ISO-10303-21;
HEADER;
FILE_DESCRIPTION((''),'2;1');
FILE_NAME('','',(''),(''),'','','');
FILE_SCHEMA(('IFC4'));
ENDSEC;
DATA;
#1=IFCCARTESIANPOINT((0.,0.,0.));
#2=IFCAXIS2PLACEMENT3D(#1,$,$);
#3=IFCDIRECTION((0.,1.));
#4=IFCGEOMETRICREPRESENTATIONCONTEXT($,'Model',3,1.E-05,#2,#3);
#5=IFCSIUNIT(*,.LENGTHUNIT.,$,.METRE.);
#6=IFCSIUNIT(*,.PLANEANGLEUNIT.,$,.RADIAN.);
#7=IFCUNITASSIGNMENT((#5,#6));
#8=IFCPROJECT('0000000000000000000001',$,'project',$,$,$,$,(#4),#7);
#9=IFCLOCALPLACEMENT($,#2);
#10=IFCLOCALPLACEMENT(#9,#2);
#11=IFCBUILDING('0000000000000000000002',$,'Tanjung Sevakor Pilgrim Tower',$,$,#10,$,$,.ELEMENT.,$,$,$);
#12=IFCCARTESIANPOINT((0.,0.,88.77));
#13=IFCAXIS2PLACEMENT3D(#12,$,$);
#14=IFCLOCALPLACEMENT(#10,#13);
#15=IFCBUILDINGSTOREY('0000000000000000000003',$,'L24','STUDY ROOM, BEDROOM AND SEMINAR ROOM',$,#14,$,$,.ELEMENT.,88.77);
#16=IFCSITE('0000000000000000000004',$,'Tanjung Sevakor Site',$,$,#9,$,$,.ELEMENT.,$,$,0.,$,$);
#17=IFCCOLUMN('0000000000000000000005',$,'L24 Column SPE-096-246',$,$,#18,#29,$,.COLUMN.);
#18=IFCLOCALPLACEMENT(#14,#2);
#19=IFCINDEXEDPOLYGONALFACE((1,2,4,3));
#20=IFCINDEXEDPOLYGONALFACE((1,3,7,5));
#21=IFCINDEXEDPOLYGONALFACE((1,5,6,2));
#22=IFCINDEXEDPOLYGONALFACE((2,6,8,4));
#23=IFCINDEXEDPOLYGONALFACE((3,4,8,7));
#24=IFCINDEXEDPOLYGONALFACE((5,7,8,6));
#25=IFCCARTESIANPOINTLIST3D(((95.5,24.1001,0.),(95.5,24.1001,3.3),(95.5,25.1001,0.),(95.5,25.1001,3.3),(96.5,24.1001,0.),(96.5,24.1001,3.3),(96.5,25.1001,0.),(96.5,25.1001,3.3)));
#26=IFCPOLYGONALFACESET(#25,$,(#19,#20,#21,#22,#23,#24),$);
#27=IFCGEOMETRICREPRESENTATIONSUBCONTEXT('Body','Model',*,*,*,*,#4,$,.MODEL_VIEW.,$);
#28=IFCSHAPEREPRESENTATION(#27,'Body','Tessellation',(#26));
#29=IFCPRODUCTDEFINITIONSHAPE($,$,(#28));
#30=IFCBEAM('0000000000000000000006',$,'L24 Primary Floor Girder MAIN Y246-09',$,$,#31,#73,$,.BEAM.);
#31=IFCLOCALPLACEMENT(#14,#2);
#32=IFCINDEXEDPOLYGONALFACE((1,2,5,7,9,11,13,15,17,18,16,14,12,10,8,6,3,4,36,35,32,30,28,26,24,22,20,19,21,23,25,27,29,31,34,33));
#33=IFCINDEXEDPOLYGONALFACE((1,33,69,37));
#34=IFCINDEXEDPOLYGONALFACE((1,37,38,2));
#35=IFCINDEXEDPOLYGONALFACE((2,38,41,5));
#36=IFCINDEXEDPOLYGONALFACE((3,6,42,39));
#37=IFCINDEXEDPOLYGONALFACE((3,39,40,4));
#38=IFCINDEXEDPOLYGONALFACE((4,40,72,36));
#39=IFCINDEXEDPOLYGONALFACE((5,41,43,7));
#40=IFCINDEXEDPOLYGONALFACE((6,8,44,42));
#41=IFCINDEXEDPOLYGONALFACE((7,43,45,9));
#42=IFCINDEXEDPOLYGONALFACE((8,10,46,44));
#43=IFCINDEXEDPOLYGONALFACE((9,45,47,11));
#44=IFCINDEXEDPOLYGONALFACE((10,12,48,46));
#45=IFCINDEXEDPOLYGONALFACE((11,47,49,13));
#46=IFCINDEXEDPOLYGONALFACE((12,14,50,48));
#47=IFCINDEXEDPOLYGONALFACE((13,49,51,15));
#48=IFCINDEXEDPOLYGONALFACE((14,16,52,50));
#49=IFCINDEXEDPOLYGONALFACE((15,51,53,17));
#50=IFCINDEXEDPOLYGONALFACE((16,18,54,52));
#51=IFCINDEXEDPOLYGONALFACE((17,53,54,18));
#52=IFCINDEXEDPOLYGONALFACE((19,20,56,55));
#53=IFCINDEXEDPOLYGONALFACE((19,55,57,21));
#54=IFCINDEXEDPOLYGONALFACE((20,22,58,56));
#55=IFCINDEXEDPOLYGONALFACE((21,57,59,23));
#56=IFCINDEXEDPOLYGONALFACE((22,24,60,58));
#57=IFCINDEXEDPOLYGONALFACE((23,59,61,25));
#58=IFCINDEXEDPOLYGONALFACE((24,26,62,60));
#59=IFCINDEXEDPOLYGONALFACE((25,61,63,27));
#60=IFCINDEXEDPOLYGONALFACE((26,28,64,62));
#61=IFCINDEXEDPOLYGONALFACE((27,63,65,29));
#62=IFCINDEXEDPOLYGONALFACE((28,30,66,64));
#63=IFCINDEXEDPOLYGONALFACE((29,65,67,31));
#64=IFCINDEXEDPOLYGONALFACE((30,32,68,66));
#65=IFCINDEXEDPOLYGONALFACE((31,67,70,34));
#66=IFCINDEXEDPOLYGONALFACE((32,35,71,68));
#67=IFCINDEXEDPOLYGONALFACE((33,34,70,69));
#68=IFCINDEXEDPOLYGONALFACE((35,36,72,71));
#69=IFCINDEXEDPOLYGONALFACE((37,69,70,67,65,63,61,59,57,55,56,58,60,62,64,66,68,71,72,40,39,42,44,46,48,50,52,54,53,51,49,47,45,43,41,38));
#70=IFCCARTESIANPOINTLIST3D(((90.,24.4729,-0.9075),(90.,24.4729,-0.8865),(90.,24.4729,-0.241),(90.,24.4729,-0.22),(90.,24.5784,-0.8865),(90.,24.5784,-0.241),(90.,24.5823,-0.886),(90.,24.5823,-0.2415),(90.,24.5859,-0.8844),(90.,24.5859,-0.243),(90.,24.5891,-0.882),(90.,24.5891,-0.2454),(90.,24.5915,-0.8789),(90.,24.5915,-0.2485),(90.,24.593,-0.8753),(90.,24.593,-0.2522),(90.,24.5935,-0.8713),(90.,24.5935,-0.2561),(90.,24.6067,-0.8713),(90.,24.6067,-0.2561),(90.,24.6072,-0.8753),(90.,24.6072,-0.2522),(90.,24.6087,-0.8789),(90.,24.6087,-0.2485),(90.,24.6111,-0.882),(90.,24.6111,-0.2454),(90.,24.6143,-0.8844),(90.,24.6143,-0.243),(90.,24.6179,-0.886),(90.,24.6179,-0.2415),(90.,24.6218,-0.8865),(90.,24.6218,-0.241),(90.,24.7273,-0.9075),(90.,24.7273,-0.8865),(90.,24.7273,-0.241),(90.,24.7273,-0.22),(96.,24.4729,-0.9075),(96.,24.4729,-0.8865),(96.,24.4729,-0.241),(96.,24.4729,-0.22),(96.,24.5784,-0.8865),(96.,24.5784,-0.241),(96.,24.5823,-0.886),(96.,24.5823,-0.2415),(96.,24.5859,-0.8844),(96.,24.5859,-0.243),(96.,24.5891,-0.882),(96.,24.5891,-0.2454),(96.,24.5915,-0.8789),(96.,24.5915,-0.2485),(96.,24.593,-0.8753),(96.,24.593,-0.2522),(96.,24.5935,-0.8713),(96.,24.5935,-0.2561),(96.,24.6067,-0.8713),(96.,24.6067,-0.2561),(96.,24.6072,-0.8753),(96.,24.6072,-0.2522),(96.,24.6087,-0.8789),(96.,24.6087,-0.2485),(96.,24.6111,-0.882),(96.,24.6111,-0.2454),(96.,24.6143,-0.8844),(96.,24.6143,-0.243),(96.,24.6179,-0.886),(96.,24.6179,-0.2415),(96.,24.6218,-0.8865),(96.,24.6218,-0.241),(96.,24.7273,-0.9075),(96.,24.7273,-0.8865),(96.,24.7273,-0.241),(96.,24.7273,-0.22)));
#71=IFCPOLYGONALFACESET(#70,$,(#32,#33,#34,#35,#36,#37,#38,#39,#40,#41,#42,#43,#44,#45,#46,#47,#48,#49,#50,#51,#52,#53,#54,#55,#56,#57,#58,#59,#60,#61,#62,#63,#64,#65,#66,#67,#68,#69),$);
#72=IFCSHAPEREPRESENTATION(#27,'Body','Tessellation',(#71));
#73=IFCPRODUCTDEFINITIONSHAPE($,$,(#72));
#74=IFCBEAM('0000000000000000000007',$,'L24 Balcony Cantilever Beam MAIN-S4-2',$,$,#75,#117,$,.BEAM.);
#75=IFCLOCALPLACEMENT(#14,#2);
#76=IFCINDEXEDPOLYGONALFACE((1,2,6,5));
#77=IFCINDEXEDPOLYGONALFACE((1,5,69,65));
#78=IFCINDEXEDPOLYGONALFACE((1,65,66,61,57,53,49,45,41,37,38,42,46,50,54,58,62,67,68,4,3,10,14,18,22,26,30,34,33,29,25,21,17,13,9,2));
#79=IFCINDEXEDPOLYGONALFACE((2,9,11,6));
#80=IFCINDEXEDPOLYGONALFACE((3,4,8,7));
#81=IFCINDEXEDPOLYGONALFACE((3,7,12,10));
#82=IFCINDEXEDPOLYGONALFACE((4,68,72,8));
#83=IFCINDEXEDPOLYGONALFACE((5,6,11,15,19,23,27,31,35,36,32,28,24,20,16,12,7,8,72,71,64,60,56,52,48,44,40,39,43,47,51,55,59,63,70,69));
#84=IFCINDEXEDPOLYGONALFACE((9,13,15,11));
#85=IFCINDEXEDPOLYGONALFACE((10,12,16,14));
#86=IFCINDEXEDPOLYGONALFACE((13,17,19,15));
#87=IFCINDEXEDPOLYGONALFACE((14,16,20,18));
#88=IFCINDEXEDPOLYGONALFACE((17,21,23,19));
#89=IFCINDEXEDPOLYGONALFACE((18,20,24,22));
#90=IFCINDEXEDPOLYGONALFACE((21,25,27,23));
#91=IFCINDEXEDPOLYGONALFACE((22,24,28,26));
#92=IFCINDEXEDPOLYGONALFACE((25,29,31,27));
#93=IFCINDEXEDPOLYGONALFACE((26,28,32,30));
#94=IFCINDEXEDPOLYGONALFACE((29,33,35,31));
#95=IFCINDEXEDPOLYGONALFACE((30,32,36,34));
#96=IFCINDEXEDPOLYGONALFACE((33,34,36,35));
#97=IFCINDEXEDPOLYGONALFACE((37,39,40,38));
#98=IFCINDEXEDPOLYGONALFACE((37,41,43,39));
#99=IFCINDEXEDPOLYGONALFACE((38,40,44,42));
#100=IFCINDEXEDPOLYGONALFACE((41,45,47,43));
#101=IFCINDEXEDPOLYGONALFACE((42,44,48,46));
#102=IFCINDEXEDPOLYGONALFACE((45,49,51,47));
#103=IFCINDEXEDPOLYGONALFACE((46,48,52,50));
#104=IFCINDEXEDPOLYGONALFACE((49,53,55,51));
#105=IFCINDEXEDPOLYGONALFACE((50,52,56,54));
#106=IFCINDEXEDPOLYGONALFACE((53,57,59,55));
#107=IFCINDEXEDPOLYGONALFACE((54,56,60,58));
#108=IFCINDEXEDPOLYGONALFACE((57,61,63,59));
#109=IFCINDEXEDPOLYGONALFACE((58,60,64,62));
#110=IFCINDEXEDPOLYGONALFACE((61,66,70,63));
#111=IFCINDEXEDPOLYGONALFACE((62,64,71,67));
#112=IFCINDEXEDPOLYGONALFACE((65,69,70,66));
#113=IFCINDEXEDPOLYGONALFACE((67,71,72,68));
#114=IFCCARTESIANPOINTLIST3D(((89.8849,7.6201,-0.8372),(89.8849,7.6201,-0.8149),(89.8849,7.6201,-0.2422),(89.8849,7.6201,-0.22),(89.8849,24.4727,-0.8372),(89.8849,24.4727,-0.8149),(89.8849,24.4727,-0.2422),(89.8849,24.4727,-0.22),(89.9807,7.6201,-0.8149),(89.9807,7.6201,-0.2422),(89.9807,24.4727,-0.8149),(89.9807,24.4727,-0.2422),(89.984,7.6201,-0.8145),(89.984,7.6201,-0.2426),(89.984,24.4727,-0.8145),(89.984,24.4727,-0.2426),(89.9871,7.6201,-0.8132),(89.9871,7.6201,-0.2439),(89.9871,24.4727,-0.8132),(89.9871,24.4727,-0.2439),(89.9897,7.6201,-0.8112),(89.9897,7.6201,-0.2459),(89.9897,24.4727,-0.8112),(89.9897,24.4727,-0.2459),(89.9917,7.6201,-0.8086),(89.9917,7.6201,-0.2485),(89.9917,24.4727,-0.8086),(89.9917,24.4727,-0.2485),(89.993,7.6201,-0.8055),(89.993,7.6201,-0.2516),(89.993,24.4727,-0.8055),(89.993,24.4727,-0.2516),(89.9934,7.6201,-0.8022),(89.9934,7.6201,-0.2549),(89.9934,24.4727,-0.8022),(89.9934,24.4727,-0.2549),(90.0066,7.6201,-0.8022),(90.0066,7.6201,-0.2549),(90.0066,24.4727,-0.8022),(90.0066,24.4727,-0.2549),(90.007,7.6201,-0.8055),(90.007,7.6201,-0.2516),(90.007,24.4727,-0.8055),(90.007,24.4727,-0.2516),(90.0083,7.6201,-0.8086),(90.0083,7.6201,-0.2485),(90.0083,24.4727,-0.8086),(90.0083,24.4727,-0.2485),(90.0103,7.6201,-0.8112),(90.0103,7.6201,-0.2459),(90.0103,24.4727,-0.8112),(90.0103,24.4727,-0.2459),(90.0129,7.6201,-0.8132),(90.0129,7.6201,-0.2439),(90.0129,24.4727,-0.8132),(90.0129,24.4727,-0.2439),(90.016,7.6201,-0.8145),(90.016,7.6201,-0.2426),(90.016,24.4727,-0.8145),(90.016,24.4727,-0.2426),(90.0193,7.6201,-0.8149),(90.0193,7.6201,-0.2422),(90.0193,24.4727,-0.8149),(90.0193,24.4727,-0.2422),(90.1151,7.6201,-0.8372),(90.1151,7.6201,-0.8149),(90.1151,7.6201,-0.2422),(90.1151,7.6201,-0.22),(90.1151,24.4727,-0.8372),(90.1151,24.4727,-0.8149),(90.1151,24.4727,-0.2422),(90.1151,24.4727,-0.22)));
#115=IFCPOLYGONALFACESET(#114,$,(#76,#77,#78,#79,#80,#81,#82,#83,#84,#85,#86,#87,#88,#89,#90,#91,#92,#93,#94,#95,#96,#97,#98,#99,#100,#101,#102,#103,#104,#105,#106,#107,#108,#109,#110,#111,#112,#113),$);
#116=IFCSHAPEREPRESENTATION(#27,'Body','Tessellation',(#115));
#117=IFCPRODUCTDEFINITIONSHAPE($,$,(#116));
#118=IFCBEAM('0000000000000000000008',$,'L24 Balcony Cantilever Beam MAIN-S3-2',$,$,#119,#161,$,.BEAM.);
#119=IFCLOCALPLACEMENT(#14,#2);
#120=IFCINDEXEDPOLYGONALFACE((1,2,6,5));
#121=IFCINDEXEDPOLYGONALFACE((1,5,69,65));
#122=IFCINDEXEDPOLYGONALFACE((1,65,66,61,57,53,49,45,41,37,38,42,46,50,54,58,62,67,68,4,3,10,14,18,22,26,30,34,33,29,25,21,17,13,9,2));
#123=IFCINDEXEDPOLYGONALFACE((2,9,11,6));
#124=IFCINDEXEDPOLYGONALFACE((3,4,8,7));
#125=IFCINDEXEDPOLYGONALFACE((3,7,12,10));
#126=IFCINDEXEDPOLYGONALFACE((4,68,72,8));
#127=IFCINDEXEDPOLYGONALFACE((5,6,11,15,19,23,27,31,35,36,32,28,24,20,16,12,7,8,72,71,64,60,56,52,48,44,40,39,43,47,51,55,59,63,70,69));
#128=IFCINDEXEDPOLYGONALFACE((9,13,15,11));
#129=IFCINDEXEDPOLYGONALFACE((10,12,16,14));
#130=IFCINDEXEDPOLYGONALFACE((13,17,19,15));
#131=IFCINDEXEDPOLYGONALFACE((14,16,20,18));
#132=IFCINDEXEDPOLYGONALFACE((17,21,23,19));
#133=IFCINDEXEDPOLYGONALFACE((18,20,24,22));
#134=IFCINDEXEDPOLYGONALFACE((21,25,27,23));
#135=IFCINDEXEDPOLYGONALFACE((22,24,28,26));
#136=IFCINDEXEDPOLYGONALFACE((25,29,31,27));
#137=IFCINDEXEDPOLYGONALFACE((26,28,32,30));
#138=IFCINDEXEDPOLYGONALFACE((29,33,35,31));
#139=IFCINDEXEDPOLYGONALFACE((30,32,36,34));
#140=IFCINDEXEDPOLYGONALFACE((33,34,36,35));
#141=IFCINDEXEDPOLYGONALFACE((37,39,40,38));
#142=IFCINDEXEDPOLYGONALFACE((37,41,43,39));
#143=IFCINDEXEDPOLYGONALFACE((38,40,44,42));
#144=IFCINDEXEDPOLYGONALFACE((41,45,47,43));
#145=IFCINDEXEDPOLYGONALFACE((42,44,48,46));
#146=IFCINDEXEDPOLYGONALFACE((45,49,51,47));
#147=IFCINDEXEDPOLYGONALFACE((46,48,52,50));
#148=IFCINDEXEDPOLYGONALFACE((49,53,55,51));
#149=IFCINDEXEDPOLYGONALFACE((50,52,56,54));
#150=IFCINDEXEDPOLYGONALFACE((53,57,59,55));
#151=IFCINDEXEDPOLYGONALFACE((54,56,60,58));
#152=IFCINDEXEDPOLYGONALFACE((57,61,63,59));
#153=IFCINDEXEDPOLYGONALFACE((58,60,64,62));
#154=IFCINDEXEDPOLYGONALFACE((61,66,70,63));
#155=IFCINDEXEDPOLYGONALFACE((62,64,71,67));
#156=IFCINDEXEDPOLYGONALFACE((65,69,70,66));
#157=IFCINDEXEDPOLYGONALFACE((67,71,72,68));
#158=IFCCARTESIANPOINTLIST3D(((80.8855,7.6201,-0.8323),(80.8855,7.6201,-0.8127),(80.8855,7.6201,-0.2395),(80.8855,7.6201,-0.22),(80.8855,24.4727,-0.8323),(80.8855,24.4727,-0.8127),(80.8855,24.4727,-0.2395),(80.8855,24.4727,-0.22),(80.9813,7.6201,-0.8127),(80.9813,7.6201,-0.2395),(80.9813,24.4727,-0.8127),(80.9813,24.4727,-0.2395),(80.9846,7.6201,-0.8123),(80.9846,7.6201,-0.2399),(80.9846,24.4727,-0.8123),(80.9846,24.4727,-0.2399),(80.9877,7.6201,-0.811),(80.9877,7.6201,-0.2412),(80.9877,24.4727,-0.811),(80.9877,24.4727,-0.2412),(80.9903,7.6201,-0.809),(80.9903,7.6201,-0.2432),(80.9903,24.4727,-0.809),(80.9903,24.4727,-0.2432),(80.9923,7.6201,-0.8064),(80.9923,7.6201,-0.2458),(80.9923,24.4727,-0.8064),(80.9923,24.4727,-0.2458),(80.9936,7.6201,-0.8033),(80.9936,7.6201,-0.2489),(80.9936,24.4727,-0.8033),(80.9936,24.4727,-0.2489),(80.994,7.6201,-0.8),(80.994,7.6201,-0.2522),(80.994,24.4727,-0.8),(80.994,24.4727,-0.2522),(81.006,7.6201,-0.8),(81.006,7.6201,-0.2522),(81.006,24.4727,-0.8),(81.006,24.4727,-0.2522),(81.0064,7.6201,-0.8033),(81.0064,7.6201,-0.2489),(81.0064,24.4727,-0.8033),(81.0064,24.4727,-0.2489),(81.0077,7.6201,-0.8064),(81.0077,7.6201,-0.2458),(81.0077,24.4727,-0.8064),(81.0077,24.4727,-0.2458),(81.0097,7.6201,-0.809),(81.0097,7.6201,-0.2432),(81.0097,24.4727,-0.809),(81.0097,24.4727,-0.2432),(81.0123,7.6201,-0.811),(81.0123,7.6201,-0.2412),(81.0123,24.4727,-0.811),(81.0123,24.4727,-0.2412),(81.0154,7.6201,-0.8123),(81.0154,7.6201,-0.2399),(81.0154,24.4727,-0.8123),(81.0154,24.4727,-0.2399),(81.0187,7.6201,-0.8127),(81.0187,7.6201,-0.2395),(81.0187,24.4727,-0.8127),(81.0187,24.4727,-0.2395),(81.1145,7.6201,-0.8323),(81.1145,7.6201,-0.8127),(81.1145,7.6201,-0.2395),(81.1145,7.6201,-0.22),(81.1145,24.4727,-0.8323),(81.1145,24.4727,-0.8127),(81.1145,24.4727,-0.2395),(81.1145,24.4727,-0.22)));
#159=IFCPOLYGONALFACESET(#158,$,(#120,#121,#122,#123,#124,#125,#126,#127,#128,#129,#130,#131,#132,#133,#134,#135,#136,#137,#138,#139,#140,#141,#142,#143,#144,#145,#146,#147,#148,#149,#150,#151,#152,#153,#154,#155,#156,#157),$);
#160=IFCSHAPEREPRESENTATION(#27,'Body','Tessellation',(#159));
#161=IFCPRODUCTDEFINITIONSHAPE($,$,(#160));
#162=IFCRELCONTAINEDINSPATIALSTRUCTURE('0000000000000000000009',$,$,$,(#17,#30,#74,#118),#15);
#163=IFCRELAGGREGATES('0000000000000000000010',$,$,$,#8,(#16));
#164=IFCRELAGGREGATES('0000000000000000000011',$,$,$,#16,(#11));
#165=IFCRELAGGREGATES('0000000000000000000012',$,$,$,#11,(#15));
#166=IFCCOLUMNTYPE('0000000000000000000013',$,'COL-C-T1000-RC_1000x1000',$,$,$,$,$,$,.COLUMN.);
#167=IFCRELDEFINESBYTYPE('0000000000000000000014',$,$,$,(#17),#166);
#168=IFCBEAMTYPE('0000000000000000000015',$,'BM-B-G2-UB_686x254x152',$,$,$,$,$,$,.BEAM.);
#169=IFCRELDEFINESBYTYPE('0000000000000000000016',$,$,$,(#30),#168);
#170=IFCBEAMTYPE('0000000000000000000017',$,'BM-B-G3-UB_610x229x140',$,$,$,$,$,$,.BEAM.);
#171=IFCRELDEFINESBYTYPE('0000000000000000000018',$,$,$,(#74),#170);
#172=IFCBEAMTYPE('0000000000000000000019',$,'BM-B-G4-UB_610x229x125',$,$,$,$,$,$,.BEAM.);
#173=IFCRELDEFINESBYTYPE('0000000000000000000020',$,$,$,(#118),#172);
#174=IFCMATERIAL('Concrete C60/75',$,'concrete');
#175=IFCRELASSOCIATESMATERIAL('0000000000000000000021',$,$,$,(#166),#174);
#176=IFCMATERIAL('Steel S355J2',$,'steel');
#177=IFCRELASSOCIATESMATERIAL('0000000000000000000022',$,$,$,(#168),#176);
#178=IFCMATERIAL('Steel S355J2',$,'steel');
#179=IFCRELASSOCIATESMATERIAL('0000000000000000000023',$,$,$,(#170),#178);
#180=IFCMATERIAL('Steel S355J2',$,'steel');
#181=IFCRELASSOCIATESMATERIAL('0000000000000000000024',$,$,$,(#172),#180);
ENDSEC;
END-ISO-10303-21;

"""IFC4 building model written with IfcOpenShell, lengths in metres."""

from ifc_helpers import new_model, si_unit, direction, frame, origin, origin_2d, place, context, subcontext, project, spatial, rectangle, i_section, extrude, material, material_profile, profile_set, type_object, element, save


model = new_model("IFC4")

# Units and contexts
model_context = context("Model", 3, precision=1e-05, world=origin(), true_north=direction((0.0, 1.0)))
body_context = subcontext(model_context, "Body", "Model", "MODEL_VIEW")
ifc_project = project(units=[si_unit("LENGTHUNIT", "METRE"), si_unit("PLANEANGLEUNIT", "RADIAN")], contexts=[model_context])

# Site, building, storey
site_placement = place(None, origin())
site = spatial("IfcSite", under=ifc_project, at=site_placement, Name="Tanjung Sevakor Site", CompositionType="ELEMENT", RefElevation=0.0)
building_placement = place(site_placement, origin())
building = spatial("IfcBuilding", under=site, at=building_placement, Name="Tanjung Sevakor Pilgrim Tower", CompositionType="ELEMENT")
storey_placement = place(building_placement, frame((0.0, 0.0, 88.77)))
storey = spatial("IfcBuildingStorey", under=building, at=storey_placement, Name="L24", Description="STUDY ROOM, BEDROOM AND SEMINAR ROOM", CompositionType="ELEMENT", Elevation=88.77)

# Column
ifc_material_1 = material(Name="Concrete C60/75", Category="concrete")
ifc_material_profile_1 = material_profile(ifc_material_1, rectangle(XDim=1.0, YDim=1.0, at=origin_2d()))
ifc_profile_set_1 = profile_set([ifc_material_profile_1], Name="Concrete C60/75")
column_type = type_object("IfcColumnType", Name="COL-C-T1000-RC_1000x1000", PredefinedType="COLUMN", material=ifc_profile_set_1)
column_placement = place(storey_placement, frame((96.0, 24.6001, 0.0), z_axis=(0.0, 0.0, 1.0), x_axis=(1.0, 0.0, 0.0)))
element("IfcColumn", 1, at=column_placement, inside=storey, type_object=column_type, Name="L24 Column SPE-096-246", PredefinedType="COLUMN", context=body_context, shape_type="SweptSolid", body=[
    extrude(rectangle(XDim=1.0, YDim=1.0, at=origin_2d()), origin(), (0.0, 0.0, 1.0), 3.3),
])

# Beams
ifc_material_2 = material(Name="Steel S355J2", Category="steel")
ifc_material_profile_2 = material_profile(ifc_material_2, i_section(OverallWidth=0.2544, OverallDepth=0.6875, WebThickness=0.0132, FlangeThickness=0.021, FilletRadius=0.0151, at=origin_2d()))
ifc_profile_set_2 = profile_set([ifc_material_profile_2], Name="Steel S355J2")
beam_type_1 = type_object("IfcBeamType", Name="BM-B-G2-UB_686x254x152", PredefinedType="BEAM", material=ifc_profile_set_2)
beam_1_placement = place(storey_placement, frame((90.0, 24.6001, -0.5637), z_axis=(1.0, 0.0, 0.0), x_axis=(0.0, 1.0, 0.0)))
element("IfcBeam", 2, at=beam_1_placement, inside=storey, type_object=beam_type_1, Name="L24 Primary Floor Girder MAIN Y246-09", PredefinedType="BEAM", context=body_context, shape_type="SweptSolid", body=[
    extrude(i_section(OverallWidth=0.2544, OverallDepth=0.6875, WebThickness=0.0132, FlangeThickness=0.021, FilletRadius=0.0151, at=origin_2d()), origin(), (0.0, 0.0, 1.0), 6.0),
])
ifc_material_3 = material(Name="Steel S355J2", Category="steel")
ifc_material_profile_3 = material_profile(ifc_material_3, i_section(OverallWidth=0.2302, OverallDepth=0.6172, WebThickness=0.0132, FlangeThickness=0.0222, FilletRadius=0.0127, at=origin_2d()))
ifc_profile_set_3 = profile_set([ifc_material_profile_3], Name="Steel S355J2")
beam_type_2 = type_object("IfcBeamType", Name="BM-B-G3-UB_610x229x140", PredefinedType="BEAM", material=ifc_profile_set_3)
beam_2_placement = place(storey_placement, frame((90.0, 24.4727, -0.5286), z_axis=(0.0, -1.0, 0.0), x_axis=(1.0, 0.0, 0.0)))
element("IfcBeam", 3, at=beam_2_placement, inside=storey, type_object=beam_type_2, Name="L24 Balcony Cantilever Beam MAIN-S4-2", PredefinedType="BEAM", context=body_context, shape_type="SweptSolid", body=[
    extrude(i_section(OverallWidth=0.2302, OverallDepth=0.6172, WebThickness=0.0132, FlangeThickness=0.0222, FilletRadius=0.0127, at=origin_2d()), origin(), (0.0, 0.0, 1.0), 16.8525),
])
ifc_material_4 = material(Name="Steel S355J2", Category="steel")
ifc_material_profile_4 = material_profile(ifc_material_4, i_section(OverallWidth=0.229, OverallDepth=0.6123, WebThickness=0.012, FlangeThickness=0.0195, FilletRadius=0.0127, at=origin_2d()))
ifc_profile_set_4 = profile_set([ifc_material_profile_4], Name="Steel S355J2")
beam_type_3 = type_object("IfcBeamType", Name="BM-B-G4-UB_610x229x125", PredefinedType="BEAM", material=ifc_profile_set_4)
for number, where, z_axis, x_axis, name in (
    (4, (81.0, 24.4727, -0.5261), (0.0, -1.0, 0.0), (1.0, 0.0, 0.0), "L24 Balcony Cantilever Beam MAIN-S3-2"),
):
    element("IfcBeam", number, at=place(storey_placement, frame(where, z_axis=z_axis, x_axis=x_axis)), inside=storey, type_object=beam_type_3, Name=name, PredefinedType="BEAM", context=body_context, shape_type="SweptSolid", body=[
        extrude(i_section(OverallWidth=0.229, OverallDepth=0.6123, WebThickness=0.012, FlangeThickness=0.0195, FilletRadius=0.0127, at=origin_2d()), origin(), (0.0, 0.0, 1.0), 16.8525),
    ])

save(model, "model.ifc")
